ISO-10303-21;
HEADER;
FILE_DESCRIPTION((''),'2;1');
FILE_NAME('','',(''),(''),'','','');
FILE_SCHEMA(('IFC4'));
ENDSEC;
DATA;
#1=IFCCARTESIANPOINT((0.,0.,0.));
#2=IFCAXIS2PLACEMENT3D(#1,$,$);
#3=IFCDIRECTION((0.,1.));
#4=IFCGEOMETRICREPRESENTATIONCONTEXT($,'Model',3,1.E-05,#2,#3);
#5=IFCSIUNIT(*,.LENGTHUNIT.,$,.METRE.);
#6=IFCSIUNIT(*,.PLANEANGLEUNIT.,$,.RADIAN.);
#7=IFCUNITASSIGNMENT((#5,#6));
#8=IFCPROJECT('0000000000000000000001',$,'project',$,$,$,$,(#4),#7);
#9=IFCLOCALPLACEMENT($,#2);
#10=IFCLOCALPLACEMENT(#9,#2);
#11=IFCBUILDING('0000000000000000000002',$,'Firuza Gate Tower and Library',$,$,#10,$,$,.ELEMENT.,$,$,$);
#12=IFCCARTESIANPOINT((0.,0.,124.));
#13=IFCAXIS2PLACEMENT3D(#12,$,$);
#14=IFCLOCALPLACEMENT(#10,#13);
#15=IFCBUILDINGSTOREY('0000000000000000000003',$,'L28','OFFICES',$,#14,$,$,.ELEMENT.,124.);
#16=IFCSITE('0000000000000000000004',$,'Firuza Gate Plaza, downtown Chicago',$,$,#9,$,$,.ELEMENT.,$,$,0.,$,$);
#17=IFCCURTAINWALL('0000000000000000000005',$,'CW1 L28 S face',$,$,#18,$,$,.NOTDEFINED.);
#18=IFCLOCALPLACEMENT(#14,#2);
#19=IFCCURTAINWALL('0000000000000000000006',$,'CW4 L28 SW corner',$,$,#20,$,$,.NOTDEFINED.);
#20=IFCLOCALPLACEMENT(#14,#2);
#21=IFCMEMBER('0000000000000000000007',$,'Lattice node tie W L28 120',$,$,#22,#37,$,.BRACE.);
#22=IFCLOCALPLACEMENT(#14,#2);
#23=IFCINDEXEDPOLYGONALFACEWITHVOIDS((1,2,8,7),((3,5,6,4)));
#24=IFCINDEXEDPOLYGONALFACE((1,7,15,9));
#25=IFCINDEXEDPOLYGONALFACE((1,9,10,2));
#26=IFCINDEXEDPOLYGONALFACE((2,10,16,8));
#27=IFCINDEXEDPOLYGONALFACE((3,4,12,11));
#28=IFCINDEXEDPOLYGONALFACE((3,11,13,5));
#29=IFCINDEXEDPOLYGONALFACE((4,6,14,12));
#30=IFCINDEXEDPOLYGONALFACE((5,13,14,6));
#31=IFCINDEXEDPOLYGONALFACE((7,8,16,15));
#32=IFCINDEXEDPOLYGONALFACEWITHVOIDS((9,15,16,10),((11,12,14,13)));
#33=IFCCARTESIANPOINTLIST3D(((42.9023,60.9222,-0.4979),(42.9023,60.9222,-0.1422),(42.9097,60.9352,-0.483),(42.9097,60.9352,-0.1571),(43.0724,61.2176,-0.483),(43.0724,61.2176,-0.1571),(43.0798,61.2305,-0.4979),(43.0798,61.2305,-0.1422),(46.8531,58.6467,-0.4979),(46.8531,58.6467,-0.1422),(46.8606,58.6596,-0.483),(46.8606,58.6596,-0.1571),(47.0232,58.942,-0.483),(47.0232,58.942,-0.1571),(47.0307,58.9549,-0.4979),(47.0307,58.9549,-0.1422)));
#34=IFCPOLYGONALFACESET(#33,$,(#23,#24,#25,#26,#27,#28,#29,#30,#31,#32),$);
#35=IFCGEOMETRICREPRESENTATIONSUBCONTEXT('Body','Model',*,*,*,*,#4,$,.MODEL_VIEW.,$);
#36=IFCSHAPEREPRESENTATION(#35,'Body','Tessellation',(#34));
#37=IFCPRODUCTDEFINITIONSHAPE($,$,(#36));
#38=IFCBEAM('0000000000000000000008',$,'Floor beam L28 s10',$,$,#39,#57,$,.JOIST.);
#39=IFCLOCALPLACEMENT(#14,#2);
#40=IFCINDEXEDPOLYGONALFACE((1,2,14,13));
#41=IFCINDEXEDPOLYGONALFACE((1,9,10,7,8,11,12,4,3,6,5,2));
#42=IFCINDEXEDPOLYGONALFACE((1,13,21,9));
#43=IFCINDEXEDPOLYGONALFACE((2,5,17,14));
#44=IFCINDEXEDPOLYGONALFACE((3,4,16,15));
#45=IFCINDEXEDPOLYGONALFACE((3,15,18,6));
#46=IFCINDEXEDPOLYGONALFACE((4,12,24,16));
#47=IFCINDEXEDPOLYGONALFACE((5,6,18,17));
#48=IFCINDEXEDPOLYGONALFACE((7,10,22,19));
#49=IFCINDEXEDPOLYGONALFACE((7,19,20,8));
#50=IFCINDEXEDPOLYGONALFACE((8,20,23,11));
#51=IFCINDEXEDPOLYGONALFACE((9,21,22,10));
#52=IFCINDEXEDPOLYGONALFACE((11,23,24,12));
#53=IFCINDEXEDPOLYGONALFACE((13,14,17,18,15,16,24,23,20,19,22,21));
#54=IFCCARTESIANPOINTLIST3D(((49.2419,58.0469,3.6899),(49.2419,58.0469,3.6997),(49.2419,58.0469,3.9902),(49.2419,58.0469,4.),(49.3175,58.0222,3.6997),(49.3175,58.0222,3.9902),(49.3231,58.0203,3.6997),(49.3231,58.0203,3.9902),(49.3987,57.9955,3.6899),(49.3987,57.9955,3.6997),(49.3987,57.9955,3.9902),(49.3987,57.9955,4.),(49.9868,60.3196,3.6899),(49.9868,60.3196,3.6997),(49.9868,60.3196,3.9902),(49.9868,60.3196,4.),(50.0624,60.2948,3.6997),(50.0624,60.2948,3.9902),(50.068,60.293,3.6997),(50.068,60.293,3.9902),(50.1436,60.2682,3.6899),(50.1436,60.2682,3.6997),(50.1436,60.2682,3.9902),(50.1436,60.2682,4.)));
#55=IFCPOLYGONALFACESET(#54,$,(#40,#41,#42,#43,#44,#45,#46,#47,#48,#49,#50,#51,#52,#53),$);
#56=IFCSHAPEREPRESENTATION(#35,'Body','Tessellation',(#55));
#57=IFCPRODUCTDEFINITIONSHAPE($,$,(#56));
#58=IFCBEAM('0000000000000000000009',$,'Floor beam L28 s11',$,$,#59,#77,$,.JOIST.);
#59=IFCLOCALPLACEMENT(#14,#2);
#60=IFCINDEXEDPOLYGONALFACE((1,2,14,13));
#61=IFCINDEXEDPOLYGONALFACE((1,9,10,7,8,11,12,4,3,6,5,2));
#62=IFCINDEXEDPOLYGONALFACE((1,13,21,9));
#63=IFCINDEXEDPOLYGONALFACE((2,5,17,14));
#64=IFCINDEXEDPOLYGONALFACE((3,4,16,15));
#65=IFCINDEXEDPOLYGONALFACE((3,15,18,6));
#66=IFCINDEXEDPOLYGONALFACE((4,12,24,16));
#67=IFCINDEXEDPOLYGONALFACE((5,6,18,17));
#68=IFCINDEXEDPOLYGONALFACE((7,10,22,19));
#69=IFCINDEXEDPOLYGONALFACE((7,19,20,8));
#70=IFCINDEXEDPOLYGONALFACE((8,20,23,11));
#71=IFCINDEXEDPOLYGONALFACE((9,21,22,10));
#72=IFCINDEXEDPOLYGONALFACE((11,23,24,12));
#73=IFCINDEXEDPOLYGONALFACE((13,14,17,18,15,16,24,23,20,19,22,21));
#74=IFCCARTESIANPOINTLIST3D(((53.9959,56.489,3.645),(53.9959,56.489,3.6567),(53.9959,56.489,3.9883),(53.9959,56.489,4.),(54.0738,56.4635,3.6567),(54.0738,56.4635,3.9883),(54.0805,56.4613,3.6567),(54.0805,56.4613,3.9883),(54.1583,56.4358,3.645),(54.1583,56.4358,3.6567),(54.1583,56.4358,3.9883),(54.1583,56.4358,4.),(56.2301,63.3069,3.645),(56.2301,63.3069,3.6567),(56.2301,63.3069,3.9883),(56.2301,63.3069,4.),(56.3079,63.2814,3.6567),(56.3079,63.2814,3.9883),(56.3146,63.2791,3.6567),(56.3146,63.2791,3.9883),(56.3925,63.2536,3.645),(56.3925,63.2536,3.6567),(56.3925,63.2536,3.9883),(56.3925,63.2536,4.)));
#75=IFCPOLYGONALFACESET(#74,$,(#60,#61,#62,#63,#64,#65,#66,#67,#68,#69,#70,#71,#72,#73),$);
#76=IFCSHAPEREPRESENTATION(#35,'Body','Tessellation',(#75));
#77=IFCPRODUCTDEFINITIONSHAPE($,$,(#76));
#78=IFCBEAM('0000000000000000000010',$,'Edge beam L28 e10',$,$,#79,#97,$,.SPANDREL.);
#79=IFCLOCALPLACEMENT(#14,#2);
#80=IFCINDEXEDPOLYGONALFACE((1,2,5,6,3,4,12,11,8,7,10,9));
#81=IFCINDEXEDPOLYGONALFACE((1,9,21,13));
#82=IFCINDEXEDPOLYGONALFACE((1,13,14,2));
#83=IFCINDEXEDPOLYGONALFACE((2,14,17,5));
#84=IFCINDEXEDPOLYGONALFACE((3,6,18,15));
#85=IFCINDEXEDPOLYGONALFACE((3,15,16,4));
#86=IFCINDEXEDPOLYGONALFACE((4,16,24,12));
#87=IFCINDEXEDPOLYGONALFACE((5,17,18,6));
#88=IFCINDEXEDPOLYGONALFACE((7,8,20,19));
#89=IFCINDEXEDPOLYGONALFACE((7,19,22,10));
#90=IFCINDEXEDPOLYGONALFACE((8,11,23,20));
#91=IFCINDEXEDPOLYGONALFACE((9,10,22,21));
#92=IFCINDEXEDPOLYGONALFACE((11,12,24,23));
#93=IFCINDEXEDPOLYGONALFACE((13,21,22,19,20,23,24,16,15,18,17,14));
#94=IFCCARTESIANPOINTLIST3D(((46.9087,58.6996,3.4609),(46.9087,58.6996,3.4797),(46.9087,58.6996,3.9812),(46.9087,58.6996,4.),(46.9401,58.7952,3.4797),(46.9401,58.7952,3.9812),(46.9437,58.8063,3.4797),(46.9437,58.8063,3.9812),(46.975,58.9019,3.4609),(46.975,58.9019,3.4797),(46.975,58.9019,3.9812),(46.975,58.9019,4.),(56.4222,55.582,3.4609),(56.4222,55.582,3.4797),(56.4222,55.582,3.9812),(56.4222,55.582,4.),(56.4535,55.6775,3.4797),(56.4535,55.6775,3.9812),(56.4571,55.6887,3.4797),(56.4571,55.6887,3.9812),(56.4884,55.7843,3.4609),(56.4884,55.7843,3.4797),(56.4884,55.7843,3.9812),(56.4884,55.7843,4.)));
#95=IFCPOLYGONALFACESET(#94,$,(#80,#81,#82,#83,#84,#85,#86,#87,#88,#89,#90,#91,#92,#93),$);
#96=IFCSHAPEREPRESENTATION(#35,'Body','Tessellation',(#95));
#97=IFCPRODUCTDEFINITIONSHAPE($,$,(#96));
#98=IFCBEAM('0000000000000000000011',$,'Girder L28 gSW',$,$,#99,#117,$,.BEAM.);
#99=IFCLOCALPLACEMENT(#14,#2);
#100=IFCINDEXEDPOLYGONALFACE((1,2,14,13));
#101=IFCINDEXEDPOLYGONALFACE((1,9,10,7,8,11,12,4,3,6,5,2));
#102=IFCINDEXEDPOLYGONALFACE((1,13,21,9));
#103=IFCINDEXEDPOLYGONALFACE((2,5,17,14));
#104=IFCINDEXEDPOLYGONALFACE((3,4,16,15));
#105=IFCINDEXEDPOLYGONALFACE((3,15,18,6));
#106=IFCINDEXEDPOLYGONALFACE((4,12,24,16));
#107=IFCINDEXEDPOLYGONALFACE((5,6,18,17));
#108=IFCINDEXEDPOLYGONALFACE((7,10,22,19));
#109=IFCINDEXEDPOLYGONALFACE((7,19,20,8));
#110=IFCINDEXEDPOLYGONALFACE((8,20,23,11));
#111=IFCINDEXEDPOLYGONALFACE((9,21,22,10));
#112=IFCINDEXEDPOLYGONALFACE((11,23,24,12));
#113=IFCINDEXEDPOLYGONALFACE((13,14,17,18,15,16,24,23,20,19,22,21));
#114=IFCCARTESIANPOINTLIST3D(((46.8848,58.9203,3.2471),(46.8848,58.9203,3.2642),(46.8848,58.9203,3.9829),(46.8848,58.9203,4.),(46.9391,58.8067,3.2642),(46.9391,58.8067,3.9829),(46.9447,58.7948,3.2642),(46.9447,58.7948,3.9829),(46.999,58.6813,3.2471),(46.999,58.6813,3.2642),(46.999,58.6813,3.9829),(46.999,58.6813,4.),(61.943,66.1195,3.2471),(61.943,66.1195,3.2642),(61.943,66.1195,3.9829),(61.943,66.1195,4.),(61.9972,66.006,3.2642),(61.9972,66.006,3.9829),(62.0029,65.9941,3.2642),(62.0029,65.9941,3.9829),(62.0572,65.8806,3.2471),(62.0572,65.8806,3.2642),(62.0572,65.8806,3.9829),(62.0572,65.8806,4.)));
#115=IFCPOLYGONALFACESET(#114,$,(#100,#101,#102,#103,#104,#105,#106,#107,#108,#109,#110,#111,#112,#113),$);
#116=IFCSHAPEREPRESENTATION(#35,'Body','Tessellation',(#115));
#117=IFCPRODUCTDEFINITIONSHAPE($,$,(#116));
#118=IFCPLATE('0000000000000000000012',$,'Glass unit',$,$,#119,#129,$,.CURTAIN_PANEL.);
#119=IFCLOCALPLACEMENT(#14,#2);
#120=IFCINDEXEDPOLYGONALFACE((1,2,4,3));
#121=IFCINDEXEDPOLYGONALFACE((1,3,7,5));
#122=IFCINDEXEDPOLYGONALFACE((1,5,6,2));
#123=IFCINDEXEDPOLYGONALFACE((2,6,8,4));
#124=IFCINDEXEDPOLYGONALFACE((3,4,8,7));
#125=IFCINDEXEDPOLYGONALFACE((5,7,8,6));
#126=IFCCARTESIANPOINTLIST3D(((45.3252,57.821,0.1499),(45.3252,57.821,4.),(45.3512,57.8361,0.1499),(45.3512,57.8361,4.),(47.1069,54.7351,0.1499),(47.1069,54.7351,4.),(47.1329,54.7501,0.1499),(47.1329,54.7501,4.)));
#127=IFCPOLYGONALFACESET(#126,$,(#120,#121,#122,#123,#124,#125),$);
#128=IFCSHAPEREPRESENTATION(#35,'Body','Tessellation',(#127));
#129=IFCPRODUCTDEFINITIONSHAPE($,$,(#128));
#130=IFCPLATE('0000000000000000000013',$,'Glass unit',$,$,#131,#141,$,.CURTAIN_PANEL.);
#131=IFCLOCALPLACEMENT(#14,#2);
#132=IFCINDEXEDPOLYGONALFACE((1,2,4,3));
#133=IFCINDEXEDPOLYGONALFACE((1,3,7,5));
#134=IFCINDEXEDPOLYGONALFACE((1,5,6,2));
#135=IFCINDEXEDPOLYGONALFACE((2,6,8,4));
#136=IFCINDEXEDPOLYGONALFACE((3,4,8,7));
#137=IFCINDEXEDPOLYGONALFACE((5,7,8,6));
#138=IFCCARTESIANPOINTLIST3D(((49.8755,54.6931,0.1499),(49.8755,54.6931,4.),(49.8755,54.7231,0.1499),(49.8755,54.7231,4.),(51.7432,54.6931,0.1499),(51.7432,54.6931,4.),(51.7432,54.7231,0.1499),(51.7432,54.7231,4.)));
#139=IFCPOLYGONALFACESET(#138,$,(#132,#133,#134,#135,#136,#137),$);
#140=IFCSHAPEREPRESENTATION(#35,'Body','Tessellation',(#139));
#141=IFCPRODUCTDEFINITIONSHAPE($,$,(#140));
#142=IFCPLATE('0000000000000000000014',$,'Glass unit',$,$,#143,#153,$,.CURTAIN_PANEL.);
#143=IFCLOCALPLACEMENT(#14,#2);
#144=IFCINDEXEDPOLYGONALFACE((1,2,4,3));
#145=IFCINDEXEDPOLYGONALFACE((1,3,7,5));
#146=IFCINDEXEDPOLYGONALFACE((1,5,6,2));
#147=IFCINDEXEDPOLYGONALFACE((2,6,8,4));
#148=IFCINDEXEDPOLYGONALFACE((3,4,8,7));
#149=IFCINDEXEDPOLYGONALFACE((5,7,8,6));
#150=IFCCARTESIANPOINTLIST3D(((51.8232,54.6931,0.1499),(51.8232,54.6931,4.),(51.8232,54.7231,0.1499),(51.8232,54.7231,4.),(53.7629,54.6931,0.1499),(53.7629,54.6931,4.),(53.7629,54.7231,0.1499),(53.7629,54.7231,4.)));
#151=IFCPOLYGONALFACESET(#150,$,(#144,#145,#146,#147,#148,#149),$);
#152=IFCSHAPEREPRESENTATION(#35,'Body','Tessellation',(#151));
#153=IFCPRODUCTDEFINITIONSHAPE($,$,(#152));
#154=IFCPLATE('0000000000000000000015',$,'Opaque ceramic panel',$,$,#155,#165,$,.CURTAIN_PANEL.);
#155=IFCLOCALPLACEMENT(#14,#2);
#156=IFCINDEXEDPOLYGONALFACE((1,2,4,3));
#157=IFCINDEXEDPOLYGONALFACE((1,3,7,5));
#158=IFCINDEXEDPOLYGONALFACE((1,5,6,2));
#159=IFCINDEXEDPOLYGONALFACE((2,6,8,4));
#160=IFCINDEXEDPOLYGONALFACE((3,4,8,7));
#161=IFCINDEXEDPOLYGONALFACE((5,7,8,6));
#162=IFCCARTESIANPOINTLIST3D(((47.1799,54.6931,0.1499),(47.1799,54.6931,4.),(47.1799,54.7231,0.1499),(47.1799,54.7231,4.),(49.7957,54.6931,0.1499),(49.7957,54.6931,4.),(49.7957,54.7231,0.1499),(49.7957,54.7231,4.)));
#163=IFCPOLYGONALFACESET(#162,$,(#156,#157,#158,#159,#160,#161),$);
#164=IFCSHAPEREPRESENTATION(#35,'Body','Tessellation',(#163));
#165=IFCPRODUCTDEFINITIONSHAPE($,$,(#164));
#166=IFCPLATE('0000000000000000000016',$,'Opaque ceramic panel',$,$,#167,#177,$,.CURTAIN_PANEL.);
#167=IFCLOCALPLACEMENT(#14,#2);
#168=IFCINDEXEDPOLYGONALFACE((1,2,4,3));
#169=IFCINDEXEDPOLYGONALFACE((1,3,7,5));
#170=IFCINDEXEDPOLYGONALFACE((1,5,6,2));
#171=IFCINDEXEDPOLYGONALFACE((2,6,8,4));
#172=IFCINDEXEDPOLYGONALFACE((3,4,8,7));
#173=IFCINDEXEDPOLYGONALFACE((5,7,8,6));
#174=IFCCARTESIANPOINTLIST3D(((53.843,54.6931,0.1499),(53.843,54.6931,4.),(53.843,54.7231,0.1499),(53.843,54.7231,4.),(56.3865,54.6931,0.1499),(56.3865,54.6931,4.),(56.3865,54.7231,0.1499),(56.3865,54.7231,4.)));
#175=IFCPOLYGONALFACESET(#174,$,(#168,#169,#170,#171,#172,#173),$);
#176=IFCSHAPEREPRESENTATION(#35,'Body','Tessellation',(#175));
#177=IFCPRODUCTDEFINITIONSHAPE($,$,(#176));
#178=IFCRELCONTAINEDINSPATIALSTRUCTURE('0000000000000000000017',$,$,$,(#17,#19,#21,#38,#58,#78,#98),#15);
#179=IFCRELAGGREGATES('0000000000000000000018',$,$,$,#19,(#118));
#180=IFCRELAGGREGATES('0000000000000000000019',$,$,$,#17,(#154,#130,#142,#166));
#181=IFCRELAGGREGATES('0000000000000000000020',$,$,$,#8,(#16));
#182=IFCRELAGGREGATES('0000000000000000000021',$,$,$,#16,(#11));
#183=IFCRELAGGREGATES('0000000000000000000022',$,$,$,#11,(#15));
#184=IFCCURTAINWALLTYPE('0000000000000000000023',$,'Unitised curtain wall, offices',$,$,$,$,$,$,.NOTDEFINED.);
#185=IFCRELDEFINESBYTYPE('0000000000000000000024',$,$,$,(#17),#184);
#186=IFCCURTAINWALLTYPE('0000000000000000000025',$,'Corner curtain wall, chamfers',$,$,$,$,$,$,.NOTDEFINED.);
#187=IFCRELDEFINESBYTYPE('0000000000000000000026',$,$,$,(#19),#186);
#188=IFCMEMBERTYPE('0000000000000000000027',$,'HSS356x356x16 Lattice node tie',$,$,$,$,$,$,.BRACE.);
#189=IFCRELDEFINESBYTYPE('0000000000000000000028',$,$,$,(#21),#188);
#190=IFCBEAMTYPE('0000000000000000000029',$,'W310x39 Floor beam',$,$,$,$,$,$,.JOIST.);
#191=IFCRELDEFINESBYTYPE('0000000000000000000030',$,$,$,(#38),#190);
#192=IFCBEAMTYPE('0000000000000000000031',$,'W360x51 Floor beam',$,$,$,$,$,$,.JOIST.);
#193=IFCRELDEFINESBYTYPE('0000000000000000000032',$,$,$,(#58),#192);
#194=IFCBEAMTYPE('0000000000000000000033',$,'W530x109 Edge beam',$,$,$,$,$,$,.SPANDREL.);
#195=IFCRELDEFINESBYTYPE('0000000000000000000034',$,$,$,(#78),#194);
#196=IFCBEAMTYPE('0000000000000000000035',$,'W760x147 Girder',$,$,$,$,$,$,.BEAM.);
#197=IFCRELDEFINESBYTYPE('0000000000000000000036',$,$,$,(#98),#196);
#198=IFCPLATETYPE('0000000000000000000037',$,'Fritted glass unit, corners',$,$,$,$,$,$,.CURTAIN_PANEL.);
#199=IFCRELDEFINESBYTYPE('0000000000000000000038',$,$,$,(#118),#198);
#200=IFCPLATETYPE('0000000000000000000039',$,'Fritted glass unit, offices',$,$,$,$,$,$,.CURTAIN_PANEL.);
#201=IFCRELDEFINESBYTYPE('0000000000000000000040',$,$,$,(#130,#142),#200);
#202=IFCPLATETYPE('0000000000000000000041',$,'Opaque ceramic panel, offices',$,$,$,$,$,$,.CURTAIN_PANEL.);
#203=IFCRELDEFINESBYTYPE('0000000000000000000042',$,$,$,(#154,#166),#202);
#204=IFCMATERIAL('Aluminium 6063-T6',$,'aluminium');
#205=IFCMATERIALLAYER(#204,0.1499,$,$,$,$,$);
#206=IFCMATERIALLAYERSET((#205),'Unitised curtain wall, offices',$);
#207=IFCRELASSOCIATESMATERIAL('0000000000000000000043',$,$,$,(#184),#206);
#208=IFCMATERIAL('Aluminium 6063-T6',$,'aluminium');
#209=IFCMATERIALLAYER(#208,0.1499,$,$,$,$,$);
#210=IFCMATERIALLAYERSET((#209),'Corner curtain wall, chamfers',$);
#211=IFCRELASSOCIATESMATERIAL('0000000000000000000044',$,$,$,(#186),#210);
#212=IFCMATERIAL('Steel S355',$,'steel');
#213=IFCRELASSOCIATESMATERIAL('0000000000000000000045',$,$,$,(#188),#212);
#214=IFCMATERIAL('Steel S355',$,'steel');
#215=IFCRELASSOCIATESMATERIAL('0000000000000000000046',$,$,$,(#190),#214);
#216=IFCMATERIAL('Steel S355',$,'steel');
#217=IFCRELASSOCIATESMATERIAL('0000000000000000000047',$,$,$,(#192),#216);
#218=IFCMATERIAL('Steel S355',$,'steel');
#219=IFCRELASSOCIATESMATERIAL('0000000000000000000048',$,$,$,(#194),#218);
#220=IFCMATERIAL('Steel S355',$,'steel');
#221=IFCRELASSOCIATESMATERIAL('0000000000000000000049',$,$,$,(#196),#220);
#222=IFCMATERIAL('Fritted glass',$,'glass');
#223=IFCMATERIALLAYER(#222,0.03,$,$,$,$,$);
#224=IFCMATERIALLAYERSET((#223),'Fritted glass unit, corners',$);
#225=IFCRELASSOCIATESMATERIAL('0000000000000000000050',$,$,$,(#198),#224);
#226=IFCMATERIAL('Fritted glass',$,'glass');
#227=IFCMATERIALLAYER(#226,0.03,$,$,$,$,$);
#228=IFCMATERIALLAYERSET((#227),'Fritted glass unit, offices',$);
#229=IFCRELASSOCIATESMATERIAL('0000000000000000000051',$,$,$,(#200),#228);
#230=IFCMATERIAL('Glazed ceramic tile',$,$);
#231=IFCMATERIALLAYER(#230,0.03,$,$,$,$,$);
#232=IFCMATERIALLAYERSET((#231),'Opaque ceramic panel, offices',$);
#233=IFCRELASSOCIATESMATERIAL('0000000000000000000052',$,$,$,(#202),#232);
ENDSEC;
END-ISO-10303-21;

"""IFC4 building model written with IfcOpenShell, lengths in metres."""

from ifc_helpers import new_model, si_unit, direction, frame, origin, origin_2d, place, context, subcontext, project, spatial, polyline, hollow_rectangle, i_section, outline, extrude, material, layer, layer_set, material_profile, profile_set, type_object, element, aggregate, save


model = new_model("IFC4")

# Units and contexts
model_context = context("Model", 3, precision=1e-05, world=origin(), true_north=direction((0.0, 1.0)))
body_context = subcontext(model_context, "Body", "Model", "MODEL_VIEW")
ifc_project = project(units=[si_unit("LENGTHUNIT", "METRE"), si_unit("PLANEANGLEUNIT", "RADIAN")], contexts=[model_context])

# Site, building, storey
site_placement = place(None, origin())
site = spatial("IfcSite", under=ifc_project, at=site_placement, Name="Firuza Gate Plaza, downtown Chicago", CompositionType="ELEMENT", RefElevation=0.0)
building_placement = place(site_placement, origin())
building = spatial("IfcBuilding", under=site, at=building_placement, Name="Firuza Gate Tower and Library", CompositionType="ELEMENT")
storey_placement = place(building_placement, frame((0.0, 0.0, 124.0)))
storey = spatial("IfcBuildingStorey", under=building, at=storey_placement, Name="L28", Description="OFFICES", CompositionType="ELEMENT", Elevation=124.0)

# Curtain walls
ifc_material_1 = material(Name="Aluminium 6063-T6", Category="aluminium")
ifc_layer_1 = layer(ifc_material_1, 0.1499)
ifc_layer_set_1 = layer_set([ifc_layer_1], Name="Unitised curtain wall, offices")
curtain_wall_type_1 = type_object("IfcCurtainWallType", Name="Unitised curtain wall, offices", PredefinedType="NOTDEFINED", material=ifc_layer_set_1)
placement_1 = place(storey_placement, origin())
curtain_wall_1 = element("IfcCurtainWall", 1, at=placement_1, inside=storey, type_object=curtain_wall_type_1, Name="CW1 L28 S face", PredefinedType="NOTDEFINED")
ifc_material_2 = material(Name="Aluminium 6063-T6", Category="aluminium")
ifc_layer_2 = layer(ifc_material_2, 0.1499)
ifc_layer_set_2 = layer_set([ifc_layer_2], Name="Corner curtain wall, chamfers")
curtain_wall_type_2 = type_object("IfcCurtainWallType", Name="Corner curtain wall, chamfers", PredefinedType="NOTDEFINED", material=ifc_layer_set_2)
curtain_wall_2 = element("IfcCurtainWall", 2, at=placement_1, inside=storey, type_object=curtain_wall_type_2, Name="CW4 L28 SW corner", PredefinedType="NOTDEFINED")

# Member
ifc_material_3 = material(Name="Steel S355", Category="steel")
ifc_material_profile_1 = material_profile(ifc_material_3, hollow_rectangle(XDim=0.3557, YDim=0.3557, WallThickness=0.0149, at=origin_2d()))
ifc_profile_set_1 = profile_set([ifc_material_profile_1], Name="Steel S355")
member_type_1 = type_object("IfcMemberType", Name="HSS356x356x16 Lattice node tie", PredefinedType="BRACE", material=ifc_profile_set_1)
member_1_placement = place(storey_placement, frame((46.9419, 58.8008, -0.3201), z_axis=(-0.866541, 0.499106, 0.0), x_axis=(-0.499106, -0.866541, 0.0)))
element("IfcMember", 3, at=member_1_placement, inside=storey, type_object=member_type_1, Name="Lattice node tie W L28 120", PredefinedType="BRACE", context=body_context, shape_type="SweptSolid", body=[
    extrude(hollow_rectangle(XDim=0.3557, YDim=0.3557, WallThickness=0.0149, at=origin_2d()), origin(), (0.0, 0.0, 1.0), 4.5593),
])

# Beams
ifc_material_4 = material(Name="Steel S355", Category="steel")
ifc_material_profile_2 = material_profile(ifc_material_4, i_section(OverallWidth=0.165, OverallDepth=0.3101, WebThickness=0.0059, FlangeThickness=0.0098, at=origin_2d()))
ifc_profile_set_2 = profile_set([ifc_material_profile_2], Name="Steel S355")
beam_type_1 = type_object("IfcBeamType", Name="W310x39 Floor beam", PredefinedType="JOIST", material=ifc_profile_set_2)
beam_1_placement = place(storey_placement, frame((49.3203, 58.0212, 3.845), z_axis=(0.311446, 0.950264, 0.0), x_axis=(-0.950264, 0.311446, 0.0)))
element("IfcBeam", 4, at=beam_1_placement, inside=storey, type_object=beam_type_1, Name="Floor beam L28 s10", PredefinedType="JOIST", context=body_context, shape_type="SweptSolid", body=[
    extrude(i_section(OverallWidth=0.165, OverallDepth=0.3101, WebThickness=0.0059, FlangeThickness=0.0098, at=origin_2d()), origin(), (0.0, 0.0, 1.0), 2.3916),
])
ifc_material_5 = material(Name="Steel S355", Category="steel")
ifc_material_profile_3 = material_profile(ifc_material_5, i_section(OverallWidth=0.1709, OverallDepth=0.355, WebThickness=0.0071, FlangeThickness=0.0117, at=origin_2d()))
ifc_profile_set_3 = profile_set([ifc_material_profile_3], Name="Steel S355")
beam_type_2 = type_object("IfcBeamType", Name="W360x51 Floor beam", PredefinedType="JOIST", material=ifc_profile_set_3)
beam_2_placement = place(storey_placement, frame((54.0771, 56.4624, 3.8225), z_axis=(0.311395, 0.950281, 0.0), x_axis=(-0.950281, 0.311395, 0.0)))
element("IfcBeam", 5, at=beam_2_placement, inside=storey, type_object=beam_type_2, Name="Floor beam L28 s11", PredefinedType="JOIST", context=body_context, shape_type="SweptSolid", body=[
    extrude(i_section(OverallWidth=0.1709, OverallDepth=0.355, WebThickness=0.0071, FlangeThickness=0.0117, at=origin_2d()), origin(), (0.0, 0.0, 1.0), 7.1746),
])
ifc_material_6 = material(Name="Steel S355", Category="steel")
ifc_material_profile_4 = material_profile(ifc_material_6, i_section(OverallWidth=0.2129, OverallDepth=0.5391, WebThickness=0.0117, FlangeThickness=0.0188, at=origin_2d()))
ifc_profile_set_4 = profile_set([ifc_material_profile_4], Name="Steel S355")
beam_type_3 = type_object("IfcBeamType", Name="W530x109 Edge beam", PredefinedType="SPANDREL", material=ifc_profile_set_4)
beam_3_placement = place(storey_placement, frame((46.9419, 58.8008, 3.7305), z_axis=(0.950273, -0.311417, 0.0), x_axis=(0.311417, 0.950273, 0.0)))
element("IfcBeam", 6, at=beam_3_placement, inside=storey, type_object=beam_type_3, Name="Edge beam L28 e10", PredefinedType="SPANDREL", context=body_context, shape_type="SweptSolid", body=[
    extrude(i_section(OverallWidth=0.2129, OverallDepth=0.5391, WebThickness=0.0117, FlangeThickness=0.0188, at=origin_2d()), origin(), (0.0, 0.0, 1.0), 10.0112),
])
ifc_material_7 = material(Name="Steel S355", Category="steel")
ifc_material_profile_5 = material_profile(ifc_material_7, i_section(OverallWidth=0.2649, OverallDepth=0.7529, WebThickness=0.0132, FlangeThickness=0.0171, at=origin_2d()))
ifc_profile_set_5 = profile_set([ifc_material_profile_5], Name="Steel S355")
beam_type_4 = type_object("IfcBeamType", Name="W760x147 Girder", PredefinedType="BEAM", material=ifc_profile_set_5)
beam_4_placement = place(storey_placement, frame((46.9419, 58.8008, 3.6235), z_axis=(0.902192, 0.431334, 0.0), x_axis=(-0.431334, 0.902192, 0.0)))
element("IfcBeam", 7, at=beam_4_placement, inside=storey, type_object=beam_type_4, Name="Girder L28 gSW", PredefinedType="BEAM", context=body_context, shape_type="SweptSolid", body=[
    extrude(i_section(OverallWidth=0.2649, OverallDepth=0.7529, WebThickness=0.0132, FlangeThickness=0.0171, at=origin_2d()), origin(), (0.0, 0.0, 1.0), 16.6907),
])

# Plates
ifc_material_8 = material(Name="Fritted glass", Category="glass")
ifc_layer_3 = layer(ifc_material_8, 0.03)
ifc_layer_set_3 = layer_set([ifc_layer_3], Name="Fritted glass unit, corners")
plate_type_1 = type_object("IfcPlateType", Name="Fritted glass unit, corners", PredefinedType="CURTAIN_PANEL", material=ifc_layer_set_3)
plate_1_placement = place(storey_placement, frame((45.3252, 57.821, 0.1499), z_axis=(-0.866017, -0.500015, 0.0), x_axis=(0.500015, -0.866017, 0.0)))
plate_1 = element("IfcPlate", 8, at=plate_1_placement, type_object=plate_type_1, Name="Glass unit", PredefinedType="CURTAIN_PANEL", context=body_context, shape_type="SweptSolid", body=[
    extrude(outline(polyline([(0.0, 0.0), (3.5634, 0.0), (3.5634, 3.8501), (0.0, 3.8501), (0.0, 0.0)])), origin(), (0.0, 0.0, -1.0), 0.03),
])
aggregate(curtain_wall_2, [plate_1])
ifc_material_9 = material(Name="Fritted glass", Category="glass")
ifc_layer_4 = layer(ifc_material_9, 0.03)
ifc_layer_set_4 = layer_set([ifc_layer_4], Name="Fritted glass unit, offices")
plate_type_2 = type_object("IfcPlateType", Name="Fritted glass unit, offices", PredefinedType="CURTAIN_PANEL", material=ifc_layer_set_4)
plate_2_placement = place(storey_placement, frame((49.8755, 54.6931, 0.1499), z_axis=(0.0, -1.0, 0.0), x_axis=(1.0, 0.0, 0.0)))
plate_2 = element("IfcPlate", 9, at=plate_2_placement, type_object=plate_type_2, Name="Glass unit", PredefinedType="CURTAIN_PANEL", context=body_context, shape_type="SweptSolid", body=[
    extrude(outline(polyline([(0.0, 0.0), (1.8677, 0.0), (1.8677, 3.8501), (0.0, 3.8501), (0.0, 0.0)])), origin(), (0.0, 0.0, -1.0), 0.03),
])
plate_3_placement = place(storey_placement, frame((51.8232, 54.6931, 0.1499), z_axis=(0.0, -1.0, 0.0), x_axis=(1.0, 0.0, 0.0)))
plate_3 = element("IfcPlate", 10, at=plate_3_placement, type_object=plate_type_2, Name="Glass unit", PredefinedType="CURTAIN_PANEL", context=body_context, shape_type="SweptSolid", body=[
    extrude(outline(polyline([(0.0, 0.0), (1.9397, 0.0), (1.9397, 3.8501), (0.0, 3.8501), (0.0, 0.0)])), origin(), (0.0, 0.0, -1.0), 0.03),
])
ifc_material_10 = material(Name="Glazed ceramic tile")
ifc_layer_5 = layer(ifc_material_10, 0.03)
ifc_layer_set_5 = layer_set([ifc_layer_5], Name="Opaque ceramic panel, offices")
plate_type_3 = type_object("IfcPlateType", Name="Opaque ceramic panel, offices", PredefinedType="CURTAIN_PANEL", material=ifc_layer_set_5)
plate_4_placement = place(storey_placement, frame((47.1799, 54.6931, 0.1499), z_axis=(0.0, -1.0, 0.0), x_axis=(1.0, 0.0, 0.0)))
plate_4 = element("IfcPlate", 11, at=plate_4_placement, type_object=plate_type_3, Name="Opaque ceramic panel", PredefinedType="CURTAIN_PANEL", context=body_context, shape_type="SweptSolid", body=[
    extrude(outline(polyline([(0.0, 0.0), (2.6157, 0.0), (2.6157, 3.8501), (0.0, 3.8501), (0.0, 0.0)])), origin(), (0.0, 0.0, -1.0), 0.03),
])
plate_5_placement = place(storey_placement, frame((53.843, 54.6931, 0.1499), z_axis=(0.0, -1.0, 0.0), x_axis=(1.0, 0.0, 0.0)))
plate_5 = element("IfcPlate", 12, at=plate_5_placement, type_object=plate_type_3, Name="Opaque ceramic panel", PredefinedType="CURTAIN_PANEL", context=body_context, shape_type="SweptSolid", body=[
    extrude(outline(polyline([(0.0, 0.0), (2.5435, 0.0), (2.5435, 3.8501), (0.0, 3.8501), (0.0, 0.0)])), origin(), (0.0, 0.0, -1.0), 0.03),
])
aggregate(curtain_wall_1, [plate_4, plate_2, plate_3, plate_5])

save(model, "model.ifc")
